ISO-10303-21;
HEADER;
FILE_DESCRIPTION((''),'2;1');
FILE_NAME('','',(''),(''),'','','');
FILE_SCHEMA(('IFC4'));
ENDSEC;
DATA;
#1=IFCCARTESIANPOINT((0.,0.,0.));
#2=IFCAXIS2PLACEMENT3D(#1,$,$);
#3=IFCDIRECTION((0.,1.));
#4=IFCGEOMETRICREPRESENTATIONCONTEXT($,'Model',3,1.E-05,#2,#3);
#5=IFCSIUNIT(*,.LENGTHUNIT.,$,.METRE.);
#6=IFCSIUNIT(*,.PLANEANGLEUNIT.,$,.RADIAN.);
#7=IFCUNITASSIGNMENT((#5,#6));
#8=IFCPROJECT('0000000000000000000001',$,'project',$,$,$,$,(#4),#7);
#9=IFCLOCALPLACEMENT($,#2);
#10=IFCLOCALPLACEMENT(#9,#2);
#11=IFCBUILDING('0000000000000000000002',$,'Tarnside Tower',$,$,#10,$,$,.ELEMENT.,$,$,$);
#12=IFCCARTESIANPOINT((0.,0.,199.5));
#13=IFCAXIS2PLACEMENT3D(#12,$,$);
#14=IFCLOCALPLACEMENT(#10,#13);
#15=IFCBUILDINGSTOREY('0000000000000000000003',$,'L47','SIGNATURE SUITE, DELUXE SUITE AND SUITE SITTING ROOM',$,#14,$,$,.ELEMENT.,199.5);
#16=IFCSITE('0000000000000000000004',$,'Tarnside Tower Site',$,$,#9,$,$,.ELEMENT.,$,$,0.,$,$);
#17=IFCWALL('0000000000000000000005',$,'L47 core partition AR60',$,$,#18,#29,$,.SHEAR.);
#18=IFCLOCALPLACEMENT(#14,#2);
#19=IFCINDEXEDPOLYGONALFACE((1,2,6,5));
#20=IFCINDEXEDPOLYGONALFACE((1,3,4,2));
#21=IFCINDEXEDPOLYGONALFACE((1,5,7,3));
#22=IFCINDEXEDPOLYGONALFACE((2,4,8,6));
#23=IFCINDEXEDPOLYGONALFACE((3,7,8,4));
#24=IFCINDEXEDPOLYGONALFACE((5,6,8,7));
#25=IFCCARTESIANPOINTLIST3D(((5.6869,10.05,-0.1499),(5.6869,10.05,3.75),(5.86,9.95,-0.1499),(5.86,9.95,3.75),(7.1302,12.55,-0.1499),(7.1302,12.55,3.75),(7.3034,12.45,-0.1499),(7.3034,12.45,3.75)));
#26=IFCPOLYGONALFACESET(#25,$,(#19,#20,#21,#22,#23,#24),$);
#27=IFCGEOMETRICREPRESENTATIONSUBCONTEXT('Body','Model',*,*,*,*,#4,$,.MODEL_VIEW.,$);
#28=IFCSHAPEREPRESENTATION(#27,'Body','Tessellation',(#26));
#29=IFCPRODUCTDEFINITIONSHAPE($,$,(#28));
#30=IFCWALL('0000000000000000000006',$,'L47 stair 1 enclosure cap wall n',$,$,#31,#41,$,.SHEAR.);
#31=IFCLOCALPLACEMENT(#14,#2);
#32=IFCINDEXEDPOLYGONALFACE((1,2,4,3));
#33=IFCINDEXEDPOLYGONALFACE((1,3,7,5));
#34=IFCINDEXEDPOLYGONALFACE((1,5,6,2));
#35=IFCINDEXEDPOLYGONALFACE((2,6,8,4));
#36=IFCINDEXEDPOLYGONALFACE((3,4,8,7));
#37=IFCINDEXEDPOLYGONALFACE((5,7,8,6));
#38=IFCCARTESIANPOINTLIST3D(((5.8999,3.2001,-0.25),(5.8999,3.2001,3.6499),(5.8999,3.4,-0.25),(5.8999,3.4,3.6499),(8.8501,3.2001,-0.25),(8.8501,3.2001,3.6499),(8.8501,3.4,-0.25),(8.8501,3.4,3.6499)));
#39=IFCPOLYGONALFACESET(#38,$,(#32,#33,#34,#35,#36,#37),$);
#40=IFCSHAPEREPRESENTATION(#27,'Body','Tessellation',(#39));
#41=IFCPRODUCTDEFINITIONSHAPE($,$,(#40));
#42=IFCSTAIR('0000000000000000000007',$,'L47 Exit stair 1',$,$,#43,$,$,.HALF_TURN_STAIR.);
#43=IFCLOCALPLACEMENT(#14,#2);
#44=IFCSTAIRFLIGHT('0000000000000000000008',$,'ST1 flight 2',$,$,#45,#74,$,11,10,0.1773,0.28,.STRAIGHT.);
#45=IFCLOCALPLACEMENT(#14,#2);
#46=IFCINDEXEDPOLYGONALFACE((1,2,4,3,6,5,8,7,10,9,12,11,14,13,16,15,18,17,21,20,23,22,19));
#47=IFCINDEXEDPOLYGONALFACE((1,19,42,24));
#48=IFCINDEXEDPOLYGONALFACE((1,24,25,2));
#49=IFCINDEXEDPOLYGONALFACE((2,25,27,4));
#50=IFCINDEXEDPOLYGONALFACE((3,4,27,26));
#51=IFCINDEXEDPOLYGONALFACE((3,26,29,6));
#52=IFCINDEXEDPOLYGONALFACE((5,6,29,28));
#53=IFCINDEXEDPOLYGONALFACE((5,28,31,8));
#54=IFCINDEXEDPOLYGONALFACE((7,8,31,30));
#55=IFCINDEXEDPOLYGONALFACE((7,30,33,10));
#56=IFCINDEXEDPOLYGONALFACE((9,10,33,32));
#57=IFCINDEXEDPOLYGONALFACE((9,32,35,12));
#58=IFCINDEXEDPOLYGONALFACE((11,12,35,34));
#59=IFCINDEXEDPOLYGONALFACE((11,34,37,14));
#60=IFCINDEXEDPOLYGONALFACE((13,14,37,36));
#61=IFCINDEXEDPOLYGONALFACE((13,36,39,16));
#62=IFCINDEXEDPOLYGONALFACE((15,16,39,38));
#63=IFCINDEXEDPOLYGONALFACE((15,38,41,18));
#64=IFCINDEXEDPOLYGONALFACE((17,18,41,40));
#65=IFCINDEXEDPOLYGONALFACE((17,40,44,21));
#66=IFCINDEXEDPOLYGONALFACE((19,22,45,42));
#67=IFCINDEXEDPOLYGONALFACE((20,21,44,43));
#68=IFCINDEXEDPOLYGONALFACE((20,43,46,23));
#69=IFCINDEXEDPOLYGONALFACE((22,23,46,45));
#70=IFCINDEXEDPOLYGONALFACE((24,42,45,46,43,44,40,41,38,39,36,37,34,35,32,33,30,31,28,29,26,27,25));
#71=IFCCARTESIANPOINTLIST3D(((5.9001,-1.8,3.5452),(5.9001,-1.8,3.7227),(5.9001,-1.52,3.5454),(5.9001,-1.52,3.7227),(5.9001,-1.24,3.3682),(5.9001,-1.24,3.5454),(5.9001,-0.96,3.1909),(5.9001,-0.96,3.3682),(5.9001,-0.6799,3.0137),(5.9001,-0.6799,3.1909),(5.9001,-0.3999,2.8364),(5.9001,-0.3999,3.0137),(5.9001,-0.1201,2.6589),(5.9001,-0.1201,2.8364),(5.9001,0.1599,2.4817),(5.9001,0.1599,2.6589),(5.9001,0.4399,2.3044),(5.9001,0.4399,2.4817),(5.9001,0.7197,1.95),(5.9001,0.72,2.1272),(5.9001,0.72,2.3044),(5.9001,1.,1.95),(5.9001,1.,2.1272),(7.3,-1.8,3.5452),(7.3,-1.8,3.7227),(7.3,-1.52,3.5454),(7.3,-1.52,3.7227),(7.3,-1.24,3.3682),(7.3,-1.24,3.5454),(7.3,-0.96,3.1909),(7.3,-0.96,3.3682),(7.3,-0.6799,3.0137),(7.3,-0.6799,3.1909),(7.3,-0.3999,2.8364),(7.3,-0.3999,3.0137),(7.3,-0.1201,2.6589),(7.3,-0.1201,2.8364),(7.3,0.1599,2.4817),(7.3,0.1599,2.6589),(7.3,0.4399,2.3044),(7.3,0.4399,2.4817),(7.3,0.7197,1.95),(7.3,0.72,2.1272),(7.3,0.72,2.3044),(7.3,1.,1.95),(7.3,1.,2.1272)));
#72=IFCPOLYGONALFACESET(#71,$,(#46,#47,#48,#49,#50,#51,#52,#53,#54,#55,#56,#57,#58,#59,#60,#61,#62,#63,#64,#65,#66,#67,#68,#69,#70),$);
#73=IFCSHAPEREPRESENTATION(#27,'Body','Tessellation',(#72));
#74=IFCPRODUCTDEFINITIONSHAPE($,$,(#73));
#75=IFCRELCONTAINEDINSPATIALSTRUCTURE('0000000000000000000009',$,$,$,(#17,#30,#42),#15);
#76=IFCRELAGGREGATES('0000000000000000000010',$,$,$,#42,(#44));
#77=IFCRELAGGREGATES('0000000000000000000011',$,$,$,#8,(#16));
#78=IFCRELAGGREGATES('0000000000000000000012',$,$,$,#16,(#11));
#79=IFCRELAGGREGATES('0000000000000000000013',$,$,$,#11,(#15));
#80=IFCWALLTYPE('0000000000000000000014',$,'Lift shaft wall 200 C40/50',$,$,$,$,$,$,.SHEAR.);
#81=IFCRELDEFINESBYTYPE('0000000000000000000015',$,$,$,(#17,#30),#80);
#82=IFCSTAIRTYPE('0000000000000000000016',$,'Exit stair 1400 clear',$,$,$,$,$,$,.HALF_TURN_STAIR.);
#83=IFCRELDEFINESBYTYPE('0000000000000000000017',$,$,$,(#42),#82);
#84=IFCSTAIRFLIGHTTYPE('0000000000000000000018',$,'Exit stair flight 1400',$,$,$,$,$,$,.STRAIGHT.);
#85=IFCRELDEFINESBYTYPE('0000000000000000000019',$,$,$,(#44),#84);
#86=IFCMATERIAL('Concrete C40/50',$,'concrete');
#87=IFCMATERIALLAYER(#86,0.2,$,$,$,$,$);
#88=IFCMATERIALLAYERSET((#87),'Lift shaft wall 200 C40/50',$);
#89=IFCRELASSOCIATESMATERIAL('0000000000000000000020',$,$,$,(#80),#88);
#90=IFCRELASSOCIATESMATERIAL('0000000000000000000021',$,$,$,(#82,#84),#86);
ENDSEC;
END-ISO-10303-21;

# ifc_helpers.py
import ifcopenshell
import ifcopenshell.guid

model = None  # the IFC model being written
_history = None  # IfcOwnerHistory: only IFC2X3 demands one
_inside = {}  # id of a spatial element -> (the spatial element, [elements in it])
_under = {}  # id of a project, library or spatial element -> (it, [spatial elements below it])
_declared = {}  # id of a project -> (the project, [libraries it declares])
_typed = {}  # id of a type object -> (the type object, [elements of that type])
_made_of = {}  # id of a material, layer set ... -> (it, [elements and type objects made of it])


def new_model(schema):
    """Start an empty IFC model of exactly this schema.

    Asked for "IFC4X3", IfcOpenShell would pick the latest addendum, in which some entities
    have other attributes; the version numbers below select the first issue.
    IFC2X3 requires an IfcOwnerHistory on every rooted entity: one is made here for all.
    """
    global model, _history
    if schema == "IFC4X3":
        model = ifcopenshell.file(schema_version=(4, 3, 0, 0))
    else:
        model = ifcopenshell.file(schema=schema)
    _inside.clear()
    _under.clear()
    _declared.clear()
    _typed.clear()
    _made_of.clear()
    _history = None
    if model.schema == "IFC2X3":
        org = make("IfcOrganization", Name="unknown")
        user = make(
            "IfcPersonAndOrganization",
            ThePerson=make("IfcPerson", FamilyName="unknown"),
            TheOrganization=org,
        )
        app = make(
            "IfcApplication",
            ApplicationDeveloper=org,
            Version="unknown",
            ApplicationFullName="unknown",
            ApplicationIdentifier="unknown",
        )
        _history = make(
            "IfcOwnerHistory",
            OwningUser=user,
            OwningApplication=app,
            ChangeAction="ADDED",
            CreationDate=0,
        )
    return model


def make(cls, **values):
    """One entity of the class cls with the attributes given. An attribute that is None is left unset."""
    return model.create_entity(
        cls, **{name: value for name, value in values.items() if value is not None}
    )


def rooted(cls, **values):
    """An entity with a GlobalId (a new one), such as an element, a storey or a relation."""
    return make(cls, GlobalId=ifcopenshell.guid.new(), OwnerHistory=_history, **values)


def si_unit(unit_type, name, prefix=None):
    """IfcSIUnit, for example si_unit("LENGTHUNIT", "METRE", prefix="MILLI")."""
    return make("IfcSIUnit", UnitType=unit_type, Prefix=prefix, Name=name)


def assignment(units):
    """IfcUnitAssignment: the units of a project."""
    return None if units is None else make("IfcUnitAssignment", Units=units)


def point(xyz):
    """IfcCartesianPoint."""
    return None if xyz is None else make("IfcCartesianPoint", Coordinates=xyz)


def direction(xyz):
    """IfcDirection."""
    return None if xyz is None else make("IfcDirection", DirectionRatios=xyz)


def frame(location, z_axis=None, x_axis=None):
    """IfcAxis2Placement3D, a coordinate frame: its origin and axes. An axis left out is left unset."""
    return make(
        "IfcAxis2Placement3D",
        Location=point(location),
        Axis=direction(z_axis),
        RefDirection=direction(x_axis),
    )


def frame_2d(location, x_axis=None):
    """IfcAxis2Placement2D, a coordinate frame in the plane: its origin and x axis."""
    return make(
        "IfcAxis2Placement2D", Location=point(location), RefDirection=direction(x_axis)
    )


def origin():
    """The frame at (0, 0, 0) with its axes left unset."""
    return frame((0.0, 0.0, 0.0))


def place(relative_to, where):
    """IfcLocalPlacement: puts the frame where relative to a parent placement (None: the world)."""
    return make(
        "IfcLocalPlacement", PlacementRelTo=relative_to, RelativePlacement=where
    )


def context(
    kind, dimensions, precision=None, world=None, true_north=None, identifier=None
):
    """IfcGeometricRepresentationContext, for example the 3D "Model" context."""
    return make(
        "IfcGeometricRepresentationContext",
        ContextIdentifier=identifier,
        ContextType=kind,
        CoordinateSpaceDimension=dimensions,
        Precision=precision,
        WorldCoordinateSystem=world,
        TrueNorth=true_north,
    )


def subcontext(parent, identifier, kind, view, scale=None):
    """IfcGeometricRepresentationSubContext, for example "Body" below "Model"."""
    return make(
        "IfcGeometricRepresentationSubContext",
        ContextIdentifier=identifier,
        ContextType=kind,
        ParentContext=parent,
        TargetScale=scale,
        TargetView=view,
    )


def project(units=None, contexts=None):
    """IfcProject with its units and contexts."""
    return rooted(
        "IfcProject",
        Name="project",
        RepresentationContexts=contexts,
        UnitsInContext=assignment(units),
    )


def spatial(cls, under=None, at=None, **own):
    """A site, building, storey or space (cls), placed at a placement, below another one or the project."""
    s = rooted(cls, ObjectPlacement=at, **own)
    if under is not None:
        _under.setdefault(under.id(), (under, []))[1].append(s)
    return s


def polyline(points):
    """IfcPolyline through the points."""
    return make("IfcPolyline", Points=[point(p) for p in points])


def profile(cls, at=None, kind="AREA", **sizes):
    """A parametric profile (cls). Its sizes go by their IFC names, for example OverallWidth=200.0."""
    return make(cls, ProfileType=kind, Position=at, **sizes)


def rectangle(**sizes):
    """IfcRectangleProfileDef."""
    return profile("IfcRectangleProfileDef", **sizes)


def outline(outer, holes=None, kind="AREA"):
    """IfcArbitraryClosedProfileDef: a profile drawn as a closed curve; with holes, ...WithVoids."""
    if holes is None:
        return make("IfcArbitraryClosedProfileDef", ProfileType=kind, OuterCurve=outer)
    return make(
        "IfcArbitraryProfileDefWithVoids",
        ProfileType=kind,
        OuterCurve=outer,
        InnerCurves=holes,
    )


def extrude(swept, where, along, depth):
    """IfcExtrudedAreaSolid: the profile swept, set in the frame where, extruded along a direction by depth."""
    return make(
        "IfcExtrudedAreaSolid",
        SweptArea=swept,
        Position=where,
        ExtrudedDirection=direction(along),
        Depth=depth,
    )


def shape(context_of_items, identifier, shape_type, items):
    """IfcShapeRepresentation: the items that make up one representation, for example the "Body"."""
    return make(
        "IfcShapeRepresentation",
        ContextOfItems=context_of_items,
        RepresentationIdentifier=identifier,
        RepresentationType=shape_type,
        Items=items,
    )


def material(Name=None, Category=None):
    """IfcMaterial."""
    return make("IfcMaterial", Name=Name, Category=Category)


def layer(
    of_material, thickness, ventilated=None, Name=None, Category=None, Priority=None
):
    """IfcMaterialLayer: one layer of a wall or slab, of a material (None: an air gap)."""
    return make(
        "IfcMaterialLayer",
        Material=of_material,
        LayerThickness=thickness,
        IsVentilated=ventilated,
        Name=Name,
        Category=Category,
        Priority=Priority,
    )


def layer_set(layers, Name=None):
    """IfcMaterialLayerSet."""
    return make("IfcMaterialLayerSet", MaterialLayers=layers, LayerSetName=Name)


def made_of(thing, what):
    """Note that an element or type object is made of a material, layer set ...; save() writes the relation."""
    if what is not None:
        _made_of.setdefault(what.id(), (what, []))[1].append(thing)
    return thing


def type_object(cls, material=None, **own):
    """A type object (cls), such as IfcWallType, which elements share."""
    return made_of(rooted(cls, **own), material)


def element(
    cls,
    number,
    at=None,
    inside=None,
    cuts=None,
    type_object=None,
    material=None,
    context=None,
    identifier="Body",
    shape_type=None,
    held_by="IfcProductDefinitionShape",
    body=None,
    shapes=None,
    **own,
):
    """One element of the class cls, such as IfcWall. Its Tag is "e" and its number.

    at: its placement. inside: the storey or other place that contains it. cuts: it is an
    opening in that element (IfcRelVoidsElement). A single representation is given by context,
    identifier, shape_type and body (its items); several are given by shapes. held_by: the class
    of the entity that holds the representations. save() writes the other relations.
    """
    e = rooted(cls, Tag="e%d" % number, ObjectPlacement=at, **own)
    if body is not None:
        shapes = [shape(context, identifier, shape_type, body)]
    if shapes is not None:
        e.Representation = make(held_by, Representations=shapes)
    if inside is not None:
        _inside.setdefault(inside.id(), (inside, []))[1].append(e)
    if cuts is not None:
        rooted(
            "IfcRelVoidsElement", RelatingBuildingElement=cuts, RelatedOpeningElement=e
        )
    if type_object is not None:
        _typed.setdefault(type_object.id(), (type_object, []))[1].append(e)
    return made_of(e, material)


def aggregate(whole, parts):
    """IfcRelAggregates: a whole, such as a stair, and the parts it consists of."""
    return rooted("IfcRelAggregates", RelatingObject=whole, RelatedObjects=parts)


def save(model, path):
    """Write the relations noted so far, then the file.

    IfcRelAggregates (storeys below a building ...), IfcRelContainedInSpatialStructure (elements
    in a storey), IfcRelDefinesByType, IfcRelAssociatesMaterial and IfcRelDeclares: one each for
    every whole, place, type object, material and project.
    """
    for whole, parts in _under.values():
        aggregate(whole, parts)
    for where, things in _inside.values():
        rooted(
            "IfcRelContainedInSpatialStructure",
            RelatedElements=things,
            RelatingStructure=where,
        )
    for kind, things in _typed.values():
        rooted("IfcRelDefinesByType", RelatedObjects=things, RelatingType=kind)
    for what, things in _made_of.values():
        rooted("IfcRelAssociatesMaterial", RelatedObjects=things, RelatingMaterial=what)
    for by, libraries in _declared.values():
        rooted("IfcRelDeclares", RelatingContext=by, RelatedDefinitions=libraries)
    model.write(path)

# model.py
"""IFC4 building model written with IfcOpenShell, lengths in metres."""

from ifc_helpers import new_model, si_unit, direction, frame, frame_2d, origin, place, context, subcontext, project, spatial, polyline, rectangle, outline, extrude, material, layer, layer_set, type_object, element, aggregate, save


model = new_model("IFC4")

# Units and contexts
model_context = context("Model", 3, precision=1e-05, world=origin(), true_north=direction((0.0, 1.0)))
body_context = subcontext(model_context, "Body", "Model", "MODEL_VIEW")
ifc_project = project(units=[si_unit("LENGTHUNIT", "METRE"), si_unit("PLANEANGLEUNIT", "RADIAN")], contexts=[model_context])

# Site, building, storey
site_placement = place(None, origin())
site = spatial("IfcSite", under=ifc_project, at=site_placement, Name="Tarnside Tower Site", CompositionType="ELEMENT", RefElevation=0.0)
building_placement = place(site_placement, origin())
building = spatial("IfcBuilding", under=site, at=building_placement, Name="Tarnside Tower", CompositionType="ELEMENT")
storey_placement = place(building_placement, frame((0.0, 0.0, 199.5)))
storey = spatial("IfcBuildingStorey", under=building, at=storey_placement, Name="L47", Description="SIGNATURE SUITE, DELUXE SUITE AND SUITE SITTING ROOM", CompositionType="ELEMENT", Elevation=199.5)

# Walls
ifc_material_1 = material(Name="Concrete C40/50", Category="concrete")
ifc_layer_1 = layer(ifc_material_1, 0.2)
ifc_layer_set_1 = layer_set([ifc_layer_1], Name="Lift shaft wall 200 C40/50")
wall_type_1 = type_object("IfcWallType", Name="Lift shaft wall 200 C40/50", PredefinedType="SHEAR", material=ifc_layer_set_1)
for number, where, z_axis, x_axis, name in (
    (1, (5.7734, 10.0, -0.1499), (0.0, 0.0, 1.0), (0.499996, 0.866028, 0.0), "L47 core partition AR60"),
):
    element("IfcWall", number, at=place(storey_placement, frame(where, z_axis=z_axis, x_axis=x_axis)), inside=storey, type_object=wall_type_1, Name=name, PredefinedType="SHEAR", context=body_context, shape_type="SweptSolid", body=[
        extrude(rectangle(XDim=2.8867, YDim=0.2, at=frame_2d((1.4434, 0.0))), origin(), (0.0, 0.0, 1.0), 3.8999),
    ])
wall_1_placement = place(storey_placement, frame((5.8999, 3.3, -0.25), z_axis=(0.0, 0.0, 1.0), x_axis=(1.0, 0.0, 0.0)))
element("IfcWall", 2, at=wall_1_placement, inside=storey, type_object=wall_type_1, Name="L47 stair 1 enclosure cap wall n", PredefinedType="SHEAR", context=body_context, shape_type="SweptSolid", body=[
    extrude(rectangle(XDim=2.9502, YDim=0.2, at=frame_2d((1.4751, 0.0))), origin(), (0.0, 0.0, 1.0), 3.8999),
])

# Stair, stair flight
stair_type = type_object("IfcStairType", Name="Exit stair 1400 clear", PredefinedType="HALF_TURN_STAIR", material=ifc_material_1)
stair_placement = place(storey_placement, origin())
stair = element("IfcStair", 3, at=stair_placement, inside=storey, type_object=stair_type, Name="L47 Exit stair 1", PredefinedType="HALF_TURN_STAIR")
stair_flight_type = type_object("IfcStairFlightType", Name="Exit stair flight 1400", PredefinedType="STRAIGHT", material=ifc_material_1)
stair_flight_placement = place(storey_placement, frame((6.6001, 1.0, 1.95), z_axis=(0.0, 0.0, 1.0), x_axis=(0.0, -1.0, 0.0)))
stair_flight = element("IfcStairFlight", 4, at=stair_flight_placement, type_object=stair_flight_type, Name="ST1 flight 2", NumberOfRisers=11, NumberOfTreads=10, PredefinedType="STRAIGHT", RiserHeight=0.1773, TreadLength=0.28, context=body_context, shape_type="SweptSolid", body=[
    extrude(outline(polyline([(0.0, 0.0), (0.0, 0.1772), (0.28, 0.1772), (0.28, 0.3545), (0.5601, 0.3545), (0.5601, 0.5317), (0.8401, 0.5317), (0.8401, 0.709), (1.1201, 0.709), (1.1201, 0.8865), (1.3999, 0.8865), (1.3999, 1.0637), (1.6799, 1.0637), (1.6799, 1.241), (1.96, 1.241), (1.96, 1.4182), (2.24, 1.4182), (2.24, 1.5955), (2.52, 1.5955), (2.52, 1.7727), (2.8, 1.7727), (2.8, 1.95), (2.8, 1.5952), (0.2803, 0.0), (0.0, 0.0)])), frame((0.0, 0.7, 0.0), z_axis=(0.0, -1.0, 0.0), x_axis=(1.0, 0.0, 0.0)), (0.0, 0.0, 1.0), 1.3999),
])
aggregate(stair, [stair_flight])

save(model, "model.ifc")
